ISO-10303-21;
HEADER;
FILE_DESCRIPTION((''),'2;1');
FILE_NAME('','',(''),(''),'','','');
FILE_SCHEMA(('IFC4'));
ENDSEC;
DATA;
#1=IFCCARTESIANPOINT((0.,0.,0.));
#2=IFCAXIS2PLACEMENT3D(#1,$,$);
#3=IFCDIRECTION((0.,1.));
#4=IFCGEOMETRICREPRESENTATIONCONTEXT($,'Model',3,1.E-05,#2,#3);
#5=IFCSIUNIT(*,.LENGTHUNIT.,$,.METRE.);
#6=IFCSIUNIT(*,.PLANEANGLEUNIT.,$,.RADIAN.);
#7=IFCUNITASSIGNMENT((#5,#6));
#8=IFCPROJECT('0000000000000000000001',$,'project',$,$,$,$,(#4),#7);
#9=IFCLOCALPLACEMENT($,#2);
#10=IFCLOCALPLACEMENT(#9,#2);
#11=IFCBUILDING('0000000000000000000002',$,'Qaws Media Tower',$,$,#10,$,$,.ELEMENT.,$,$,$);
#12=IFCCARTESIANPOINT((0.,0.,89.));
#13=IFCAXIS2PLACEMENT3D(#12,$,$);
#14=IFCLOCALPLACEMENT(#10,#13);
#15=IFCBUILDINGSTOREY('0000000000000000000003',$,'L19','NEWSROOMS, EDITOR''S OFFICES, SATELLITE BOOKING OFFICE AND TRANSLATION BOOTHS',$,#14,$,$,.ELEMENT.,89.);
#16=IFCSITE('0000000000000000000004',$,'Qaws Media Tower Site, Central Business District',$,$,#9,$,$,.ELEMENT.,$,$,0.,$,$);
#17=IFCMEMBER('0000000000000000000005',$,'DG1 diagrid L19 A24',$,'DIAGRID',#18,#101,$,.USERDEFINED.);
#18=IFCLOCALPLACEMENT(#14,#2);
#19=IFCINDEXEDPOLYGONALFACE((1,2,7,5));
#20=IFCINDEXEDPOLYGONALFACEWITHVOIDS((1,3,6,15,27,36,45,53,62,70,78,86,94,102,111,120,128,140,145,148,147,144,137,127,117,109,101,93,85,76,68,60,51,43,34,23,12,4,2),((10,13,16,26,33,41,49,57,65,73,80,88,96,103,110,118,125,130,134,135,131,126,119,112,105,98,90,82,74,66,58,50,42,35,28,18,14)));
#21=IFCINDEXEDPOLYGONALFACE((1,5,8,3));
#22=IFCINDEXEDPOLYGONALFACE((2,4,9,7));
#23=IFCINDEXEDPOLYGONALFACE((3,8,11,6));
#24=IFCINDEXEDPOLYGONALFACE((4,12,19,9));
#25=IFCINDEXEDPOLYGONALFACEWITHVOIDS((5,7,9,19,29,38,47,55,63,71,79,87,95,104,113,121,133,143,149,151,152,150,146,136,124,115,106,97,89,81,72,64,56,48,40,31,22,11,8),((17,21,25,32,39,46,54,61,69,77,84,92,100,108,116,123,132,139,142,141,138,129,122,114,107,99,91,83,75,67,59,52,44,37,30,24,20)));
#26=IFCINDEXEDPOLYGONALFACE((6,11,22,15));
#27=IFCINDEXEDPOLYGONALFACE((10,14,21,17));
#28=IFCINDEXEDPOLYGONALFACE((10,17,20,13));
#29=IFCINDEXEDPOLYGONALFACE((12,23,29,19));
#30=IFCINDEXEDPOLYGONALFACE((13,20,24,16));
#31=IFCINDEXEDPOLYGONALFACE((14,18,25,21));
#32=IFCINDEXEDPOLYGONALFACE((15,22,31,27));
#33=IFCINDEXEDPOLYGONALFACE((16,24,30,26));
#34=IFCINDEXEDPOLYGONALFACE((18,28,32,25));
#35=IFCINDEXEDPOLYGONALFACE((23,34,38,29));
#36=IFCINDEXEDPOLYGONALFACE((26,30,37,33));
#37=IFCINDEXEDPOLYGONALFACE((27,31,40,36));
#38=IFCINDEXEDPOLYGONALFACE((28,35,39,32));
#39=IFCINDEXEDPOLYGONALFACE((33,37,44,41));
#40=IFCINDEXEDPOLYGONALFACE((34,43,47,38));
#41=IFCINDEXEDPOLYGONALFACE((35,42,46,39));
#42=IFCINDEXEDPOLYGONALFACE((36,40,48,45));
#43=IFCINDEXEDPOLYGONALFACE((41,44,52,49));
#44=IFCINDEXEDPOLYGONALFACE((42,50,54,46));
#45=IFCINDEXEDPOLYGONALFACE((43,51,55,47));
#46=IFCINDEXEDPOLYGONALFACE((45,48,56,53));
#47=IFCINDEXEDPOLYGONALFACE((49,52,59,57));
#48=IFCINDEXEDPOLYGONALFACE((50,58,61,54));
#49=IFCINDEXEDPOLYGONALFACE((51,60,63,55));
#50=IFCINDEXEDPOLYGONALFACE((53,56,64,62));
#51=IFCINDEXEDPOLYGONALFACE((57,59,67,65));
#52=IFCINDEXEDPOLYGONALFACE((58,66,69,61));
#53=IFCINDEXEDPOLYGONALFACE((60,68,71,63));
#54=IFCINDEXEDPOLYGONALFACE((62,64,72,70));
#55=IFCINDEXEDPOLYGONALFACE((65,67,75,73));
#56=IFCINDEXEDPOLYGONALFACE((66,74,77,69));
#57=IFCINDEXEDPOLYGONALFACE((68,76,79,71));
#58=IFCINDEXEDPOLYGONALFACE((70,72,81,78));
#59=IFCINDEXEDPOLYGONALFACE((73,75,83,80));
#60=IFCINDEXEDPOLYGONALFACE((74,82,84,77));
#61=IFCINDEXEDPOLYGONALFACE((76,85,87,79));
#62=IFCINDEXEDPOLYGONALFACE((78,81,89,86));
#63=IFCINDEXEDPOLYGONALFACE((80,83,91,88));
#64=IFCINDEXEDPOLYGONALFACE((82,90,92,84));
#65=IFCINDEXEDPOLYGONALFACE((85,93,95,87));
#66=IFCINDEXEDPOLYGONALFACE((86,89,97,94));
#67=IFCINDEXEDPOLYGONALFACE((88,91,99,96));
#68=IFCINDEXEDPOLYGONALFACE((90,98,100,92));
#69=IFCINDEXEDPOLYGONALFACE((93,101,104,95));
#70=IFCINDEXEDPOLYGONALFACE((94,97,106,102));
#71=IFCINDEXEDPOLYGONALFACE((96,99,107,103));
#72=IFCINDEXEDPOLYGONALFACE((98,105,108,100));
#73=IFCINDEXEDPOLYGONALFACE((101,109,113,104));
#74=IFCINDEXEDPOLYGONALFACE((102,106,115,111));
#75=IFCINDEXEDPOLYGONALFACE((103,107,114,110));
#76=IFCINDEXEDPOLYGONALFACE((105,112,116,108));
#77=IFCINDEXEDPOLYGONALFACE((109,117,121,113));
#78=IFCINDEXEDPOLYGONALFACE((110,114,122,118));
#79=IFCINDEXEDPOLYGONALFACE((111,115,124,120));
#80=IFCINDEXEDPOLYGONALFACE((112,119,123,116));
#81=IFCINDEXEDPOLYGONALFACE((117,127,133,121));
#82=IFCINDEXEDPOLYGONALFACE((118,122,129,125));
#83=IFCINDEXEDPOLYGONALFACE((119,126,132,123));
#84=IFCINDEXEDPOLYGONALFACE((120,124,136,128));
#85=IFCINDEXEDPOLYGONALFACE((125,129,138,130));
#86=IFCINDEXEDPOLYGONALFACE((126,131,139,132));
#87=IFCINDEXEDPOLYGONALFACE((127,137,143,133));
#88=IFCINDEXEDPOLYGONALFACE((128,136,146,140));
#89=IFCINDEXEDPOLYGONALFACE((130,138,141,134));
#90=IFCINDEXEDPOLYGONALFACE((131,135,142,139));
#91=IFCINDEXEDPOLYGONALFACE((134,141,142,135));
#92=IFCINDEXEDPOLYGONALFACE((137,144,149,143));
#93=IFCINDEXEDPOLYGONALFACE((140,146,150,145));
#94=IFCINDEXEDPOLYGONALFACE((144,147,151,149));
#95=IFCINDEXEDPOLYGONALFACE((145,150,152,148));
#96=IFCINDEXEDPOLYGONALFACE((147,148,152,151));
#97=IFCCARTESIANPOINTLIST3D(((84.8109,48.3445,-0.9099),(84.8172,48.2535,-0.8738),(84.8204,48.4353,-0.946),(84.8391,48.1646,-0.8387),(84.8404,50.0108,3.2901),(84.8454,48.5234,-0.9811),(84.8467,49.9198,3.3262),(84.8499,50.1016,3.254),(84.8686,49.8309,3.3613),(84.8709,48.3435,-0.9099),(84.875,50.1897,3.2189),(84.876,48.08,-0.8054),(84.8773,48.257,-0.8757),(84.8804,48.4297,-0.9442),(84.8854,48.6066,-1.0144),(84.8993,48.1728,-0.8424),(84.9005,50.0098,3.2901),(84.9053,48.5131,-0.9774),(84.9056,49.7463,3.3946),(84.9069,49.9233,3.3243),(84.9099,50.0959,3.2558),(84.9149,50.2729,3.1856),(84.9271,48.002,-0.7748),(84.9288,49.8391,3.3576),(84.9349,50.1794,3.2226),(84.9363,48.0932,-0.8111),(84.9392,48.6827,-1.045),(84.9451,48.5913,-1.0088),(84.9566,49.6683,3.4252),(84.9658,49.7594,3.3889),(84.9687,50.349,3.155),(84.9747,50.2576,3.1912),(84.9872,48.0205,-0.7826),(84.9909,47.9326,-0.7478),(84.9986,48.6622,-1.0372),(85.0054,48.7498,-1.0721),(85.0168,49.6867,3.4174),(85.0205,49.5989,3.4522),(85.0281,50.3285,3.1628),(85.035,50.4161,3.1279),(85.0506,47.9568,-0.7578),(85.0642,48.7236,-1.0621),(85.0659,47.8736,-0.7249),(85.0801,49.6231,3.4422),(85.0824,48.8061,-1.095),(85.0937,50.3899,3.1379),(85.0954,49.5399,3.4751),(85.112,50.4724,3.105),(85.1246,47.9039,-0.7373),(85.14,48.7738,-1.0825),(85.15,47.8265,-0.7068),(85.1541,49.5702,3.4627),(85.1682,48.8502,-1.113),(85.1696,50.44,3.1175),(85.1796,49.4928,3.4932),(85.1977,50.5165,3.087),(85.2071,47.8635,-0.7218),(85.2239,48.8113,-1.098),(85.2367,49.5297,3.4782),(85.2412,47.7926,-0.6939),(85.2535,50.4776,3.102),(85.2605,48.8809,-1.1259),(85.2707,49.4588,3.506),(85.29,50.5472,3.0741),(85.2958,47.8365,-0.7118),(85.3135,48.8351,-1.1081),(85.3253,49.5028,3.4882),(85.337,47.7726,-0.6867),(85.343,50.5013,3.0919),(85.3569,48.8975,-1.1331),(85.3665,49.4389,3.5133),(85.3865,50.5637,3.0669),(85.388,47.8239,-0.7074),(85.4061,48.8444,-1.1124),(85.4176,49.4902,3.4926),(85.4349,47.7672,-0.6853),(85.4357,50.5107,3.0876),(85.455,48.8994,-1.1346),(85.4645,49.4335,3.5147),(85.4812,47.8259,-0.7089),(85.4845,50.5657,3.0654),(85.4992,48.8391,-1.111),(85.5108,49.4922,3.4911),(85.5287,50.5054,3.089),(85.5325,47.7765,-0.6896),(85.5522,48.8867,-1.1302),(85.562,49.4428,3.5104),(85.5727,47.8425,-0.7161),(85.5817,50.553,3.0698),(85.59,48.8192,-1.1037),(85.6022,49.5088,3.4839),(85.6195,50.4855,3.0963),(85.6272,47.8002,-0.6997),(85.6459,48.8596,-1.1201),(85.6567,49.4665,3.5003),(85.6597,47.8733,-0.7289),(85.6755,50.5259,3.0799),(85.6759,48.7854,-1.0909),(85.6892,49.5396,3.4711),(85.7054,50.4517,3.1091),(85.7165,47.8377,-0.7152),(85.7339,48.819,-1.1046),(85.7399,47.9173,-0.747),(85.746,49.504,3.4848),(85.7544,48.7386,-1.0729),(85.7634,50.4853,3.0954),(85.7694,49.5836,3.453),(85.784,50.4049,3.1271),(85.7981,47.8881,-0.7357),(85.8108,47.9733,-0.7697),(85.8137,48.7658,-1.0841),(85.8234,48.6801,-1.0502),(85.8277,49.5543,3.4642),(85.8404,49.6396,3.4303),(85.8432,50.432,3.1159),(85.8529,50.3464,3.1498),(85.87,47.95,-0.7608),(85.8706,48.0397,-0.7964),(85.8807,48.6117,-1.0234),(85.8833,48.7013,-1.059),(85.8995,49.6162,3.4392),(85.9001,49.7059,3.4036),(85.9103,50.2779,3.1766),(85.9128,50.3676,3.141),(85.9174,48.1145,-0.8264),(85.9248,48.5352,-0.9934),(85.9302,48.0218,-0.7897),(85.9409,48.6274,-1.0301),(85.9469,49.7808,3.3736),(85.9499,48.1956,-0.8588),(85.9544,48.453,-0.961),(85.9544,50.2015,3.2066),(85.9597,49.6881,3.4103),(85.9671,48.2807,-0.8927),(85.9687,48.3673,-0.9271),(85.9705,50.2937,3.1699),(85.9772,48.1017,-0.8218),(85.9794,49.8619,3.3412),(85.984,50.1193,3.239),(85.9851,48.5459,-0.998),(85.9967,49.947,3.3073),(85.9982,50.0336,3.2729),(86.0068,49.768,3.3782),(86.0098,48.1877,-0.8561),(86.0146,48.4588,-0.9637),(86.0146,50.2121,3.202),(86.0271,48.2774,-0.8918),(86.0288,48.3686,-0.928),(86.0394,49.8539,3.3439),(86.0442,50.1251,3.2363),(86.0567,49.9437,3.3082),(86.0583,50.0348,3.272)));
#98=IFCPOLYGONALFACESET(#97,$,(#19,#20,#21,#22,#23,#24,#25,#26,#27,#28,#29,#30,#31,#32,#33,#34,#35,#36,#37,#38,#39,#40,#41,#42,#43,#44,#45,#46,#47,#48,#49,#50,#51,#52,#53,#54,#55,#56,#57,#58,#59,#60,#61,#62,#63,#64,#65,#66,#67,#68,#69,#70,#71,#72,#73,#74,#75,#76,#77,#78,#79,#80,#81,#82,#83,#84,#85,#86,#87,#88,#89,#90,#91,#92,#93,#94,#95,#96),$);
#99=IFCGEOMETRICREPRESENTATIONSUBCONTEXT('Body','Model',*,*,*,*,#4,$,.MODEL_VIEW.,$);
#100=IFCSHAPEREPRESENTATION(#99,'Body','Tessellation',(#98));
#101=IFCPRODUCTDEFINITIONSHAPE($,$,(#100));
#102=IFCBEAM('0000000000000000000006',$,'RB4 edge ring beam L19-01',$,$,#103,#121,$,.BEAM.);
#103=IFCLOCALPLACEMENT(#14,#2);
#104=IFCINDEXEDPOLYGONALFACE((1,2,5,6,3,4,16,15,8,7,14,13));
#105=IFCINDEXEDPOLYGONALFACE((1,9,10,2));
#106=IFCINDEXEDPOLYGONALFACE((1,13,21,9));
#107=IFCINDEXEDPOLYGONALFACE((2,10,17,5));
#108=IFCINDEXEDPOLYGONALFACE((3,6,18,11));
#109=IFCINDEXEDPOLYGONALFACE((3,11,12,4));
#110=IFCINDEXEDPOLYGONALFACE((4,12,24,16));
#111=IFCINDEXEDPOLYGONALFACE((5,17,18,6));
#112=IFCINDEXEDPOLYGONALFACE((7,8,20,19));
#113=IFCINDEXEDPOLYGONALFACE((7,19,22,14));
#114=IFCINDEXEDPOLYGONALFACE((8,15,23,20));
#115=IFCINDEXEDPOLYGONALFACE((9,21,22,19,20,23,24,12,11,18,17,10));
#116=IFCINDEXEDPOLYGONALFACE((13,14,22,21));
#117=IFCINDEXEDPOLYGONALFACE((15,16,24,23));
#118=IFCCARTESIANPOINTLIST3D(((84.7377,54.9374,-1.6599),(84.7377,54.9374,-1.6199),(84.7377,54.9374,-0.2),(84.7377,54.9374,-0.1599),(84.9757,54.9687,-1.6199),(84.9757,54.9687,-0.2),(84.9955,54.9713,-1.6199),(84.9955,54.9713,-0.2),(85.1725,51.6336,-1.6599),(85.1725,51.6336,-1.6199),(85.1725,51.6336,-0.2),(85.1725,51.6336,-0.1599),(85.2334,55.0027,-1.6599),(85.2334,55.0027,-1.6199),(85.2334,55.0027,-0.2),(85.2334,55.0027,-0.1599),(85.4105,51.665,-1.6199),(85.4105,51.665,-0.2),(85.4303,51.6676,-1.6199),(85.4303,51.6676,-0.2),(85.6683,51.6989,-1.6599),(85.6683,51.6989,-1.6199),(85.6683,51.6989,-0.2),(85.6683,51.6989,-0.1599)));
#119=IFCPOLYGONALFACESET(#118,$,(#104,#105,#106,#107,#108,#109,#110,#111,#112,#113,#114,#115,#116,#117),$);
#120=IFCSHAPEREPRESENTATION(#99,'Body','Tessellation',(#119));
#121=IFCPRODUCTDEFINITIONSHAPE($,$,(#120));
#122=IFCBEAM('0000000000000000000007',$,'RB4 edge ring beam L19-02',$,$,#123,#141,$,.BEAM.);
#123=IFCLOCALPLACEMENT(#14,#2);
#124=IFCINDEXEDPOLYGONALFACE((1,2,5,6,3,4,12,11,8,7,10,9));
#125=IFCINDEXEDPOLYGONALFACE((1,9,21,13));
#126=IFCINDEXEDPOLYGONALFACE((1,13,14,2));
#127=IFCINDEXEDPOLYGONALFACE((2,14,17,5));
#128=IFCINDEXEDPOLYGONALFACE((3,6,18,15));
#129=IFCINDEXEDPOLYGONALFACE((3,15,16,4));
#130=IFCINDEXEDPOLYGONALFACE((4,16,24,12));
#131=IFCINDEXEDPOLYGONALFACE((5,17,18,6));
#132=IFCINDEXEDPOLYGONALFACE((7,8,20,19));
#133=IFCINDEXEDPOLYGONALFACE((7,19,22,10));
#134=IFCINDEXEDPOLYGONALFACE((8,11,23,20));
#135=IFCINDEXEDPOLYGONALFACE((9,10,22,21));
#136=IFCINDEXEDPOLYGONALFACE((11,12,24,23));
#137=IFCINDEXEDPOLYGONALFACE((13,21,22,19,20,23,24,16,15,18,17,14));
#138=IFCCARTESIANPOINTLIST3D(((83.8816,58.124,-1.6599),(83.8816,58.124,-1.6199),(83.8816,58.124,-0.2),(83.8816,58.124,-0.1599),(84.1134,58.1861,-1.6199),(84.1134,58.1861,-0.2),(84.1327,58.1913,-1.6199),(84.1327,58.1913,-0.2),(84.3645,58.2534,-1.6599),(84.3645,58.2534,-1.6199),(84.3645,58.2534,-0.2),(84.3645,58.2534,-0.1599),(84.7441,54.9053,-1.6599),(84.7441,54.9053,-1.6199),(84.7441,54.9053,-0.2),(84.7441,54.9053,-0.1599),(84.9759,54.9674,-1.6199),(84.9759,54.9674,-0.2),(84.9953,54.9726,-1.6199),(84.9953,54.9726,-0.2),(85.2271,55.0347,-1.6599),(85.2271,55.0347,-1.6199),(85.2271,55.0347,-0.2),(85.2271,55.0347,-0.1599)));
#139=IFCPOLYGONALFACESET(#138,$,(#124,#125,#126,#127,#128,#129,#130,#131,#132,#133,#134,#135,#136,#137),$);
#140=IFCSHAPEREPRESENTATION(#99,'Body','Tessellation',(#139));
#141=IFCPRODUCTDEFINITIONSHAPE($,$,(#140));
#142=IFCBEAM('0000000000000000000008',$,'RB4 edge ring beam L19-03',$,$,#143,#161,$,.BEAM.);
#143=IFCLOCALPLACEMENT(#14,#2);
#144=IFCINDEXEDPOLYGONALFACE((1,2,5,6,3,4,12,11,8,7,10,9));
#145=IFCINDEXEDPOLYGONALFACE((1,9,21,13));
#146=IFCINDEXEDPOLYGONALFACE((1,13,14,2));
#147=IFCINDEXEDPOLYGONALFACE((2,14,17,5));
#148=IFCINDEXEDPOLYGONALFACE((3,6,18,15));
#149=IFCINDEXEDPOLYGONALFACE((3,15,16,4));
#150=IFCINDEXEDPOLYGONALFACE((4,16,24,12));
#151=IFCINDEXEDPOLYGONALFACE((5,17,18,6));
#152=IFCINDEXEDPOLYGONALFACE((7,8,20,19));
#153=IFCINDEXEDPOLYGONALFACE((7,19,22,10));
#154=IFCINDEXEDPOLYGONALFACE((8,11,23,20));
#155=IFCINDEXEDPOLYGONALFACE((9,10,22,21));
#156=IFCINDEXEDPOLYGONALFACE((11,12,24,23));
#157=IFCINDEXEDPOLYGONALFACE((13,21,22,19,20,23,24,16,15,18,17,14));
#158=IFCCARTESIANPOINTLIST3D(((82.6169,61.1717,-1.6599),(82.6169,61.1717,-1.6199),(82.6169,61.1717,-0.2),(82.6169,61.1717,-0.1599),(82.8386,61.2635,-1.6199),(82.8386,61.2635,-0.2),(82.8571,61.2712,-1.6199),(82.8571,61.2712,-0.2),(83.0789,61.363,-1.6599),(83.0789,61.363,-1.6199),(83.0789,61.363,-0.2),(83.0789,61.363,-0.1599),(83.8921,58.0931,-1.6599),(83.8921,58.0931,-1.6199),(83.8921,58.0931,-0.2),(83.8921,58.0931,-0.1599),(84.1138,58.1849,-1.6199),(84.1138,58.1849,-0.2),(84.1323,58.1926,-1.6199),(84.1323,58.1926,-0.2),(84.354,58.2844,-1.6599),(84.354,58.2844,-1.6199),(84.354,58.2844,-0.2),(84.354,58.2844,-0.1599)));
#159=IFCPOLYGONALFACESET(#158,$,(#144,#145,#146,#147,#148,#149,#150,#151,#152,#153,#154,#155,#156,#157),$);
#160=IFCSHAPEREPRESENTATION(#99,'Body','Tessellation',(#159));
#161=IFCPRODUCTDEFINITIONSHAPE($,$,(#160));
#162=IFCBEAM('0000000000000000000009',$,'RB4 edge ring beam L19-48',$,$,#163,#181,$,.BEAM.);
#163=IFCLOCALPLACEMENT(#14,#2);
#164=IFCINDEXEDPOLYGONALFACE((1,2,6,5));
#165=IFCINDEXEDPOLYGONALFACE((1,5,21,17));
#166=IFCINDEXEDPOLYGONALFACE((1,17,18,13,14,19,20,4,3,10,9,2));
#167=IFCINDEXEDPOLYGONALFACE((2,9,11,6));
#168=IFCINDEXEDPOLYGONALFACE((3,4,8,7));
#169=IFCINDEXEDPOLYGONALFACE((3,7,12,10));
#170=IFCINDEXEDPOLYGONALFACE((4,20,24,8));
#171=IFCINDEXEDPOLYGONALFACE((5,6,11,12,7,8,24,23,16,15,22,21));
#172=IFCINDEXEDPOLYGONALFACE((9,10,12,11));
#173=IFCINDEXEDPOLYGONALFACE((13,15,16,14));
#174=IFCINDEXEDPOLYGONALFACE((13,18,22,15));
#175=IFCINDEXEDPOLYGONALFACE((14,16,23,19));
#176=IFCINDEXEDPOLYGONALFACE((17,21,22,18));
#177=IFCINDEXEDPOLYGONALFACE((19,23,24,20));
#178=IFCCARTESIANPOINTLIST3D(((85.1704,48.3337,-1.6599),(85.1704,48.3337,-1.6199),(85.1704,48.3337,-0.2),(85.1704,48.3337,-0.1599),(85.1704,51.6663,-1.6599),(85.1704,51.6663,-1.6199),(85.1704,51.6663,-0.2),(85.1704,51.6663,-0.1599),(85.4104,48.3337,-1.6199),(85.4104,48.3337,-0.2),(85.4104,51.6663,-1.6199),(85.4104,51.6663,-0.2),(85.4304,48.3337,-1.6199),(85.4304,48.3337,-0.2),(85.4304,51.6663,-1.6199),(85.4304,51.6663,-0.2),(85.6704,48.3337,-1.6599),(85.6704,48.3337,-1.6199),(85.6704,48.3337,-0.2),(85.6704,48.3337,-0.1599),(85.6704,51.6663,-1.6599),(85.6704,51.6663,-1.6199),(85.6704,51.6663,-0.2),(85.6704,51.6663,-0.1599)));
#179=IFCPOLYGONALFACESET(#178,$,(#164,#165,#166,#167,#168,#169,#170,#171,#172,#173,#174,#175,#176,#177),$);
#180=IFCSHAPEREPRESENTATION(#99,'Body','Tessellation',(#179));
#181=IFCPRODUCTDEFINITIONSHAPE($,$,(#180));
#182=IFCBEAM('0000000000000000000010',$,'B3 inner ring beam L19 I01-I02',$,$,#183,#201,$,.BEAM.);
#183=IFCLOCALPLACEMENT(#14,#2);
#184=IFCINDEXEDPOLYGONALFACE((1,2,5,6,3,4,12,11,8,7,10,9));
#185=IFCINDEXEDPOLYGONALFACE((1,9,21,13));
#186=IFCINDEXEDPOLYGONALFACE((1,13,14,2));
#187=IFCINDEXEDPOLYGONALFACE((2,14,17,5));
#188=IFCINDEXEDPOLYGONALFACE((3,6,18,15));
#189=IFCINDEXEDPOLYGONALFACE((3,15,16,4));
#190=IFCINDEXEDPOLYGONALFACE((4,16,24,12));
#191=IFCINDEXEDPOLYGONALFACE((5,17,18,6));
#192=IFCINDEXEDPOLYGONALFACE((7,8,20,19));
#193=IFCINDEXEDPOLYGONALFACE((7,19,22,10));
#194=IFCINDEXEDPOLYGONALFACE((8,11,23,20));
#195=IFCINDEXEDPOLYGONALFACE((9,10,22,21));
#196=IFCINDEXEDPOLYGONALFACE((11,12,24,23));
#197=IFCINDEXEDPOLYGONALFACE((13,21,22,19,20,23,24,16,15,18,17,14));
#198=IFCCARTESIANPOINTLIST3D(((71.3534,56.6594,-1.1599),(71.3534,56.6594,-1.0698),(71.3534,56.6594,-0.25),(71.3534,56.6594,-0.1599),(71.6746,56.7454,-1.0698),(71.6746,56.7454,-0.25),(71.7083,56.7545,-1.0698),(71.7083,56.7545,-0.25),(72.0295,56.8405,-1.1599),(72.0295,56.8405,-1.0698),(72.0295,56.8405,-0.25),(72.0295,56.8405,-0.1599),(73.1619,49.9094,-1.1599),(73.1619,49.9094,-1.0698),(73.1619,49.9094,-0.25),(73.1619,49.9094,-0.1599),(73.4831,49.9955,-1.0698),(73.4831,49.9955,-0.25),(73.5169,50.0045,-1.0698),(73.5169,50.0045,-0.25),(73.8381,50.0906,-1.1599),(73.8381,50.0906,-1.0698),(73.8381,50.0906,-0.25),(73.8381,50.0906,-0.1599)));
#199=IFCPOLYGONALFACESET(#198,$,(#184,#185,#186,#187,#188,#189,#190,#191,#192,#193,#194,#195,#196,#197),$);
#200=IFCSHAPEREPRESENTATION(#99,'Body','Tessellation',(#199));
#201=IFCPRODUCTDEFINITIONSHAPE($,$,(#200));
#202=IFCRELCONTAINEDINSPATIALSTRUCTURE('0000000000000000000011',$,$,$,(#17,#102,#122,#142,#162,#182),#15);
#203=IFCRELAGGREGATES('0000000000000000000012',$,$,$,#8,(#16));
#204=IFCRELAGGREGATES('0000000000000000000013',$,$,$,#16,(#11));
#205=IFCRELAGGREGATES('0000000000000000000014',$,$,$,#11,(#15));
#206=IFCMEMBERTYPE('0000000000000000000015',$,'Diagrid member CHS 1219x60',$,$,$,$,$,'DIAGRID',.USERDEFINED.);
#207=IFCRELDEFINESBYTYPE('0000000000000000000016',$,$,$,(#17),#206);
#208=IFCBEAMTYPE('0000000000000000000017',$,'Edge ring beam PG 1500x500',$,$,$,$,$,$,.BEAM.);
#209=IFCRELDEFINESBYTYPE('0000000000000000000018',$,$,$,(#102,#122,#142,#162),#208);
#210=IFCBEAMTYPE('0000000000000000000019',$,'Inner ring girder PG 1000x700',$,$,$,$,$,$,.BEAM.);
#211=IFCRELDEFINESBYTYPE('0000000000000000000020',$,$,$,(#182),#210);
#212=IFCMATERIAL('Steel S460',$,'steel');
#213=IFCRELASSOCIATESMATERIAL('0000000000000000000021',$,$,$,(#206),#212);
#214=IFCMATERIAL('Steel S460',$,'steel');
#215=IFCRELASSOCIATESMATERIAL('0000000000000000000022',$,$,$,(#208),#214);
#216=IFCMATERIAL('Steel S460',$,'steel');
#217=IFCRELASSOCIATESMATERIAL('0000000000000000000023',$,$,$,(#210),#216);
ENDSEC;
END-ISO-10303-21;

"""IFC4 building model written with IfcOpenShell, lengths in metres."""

from ifc_helpers import new_model, si_unit, direction, frame, origin, origin_2d, place, context, subcontext, project, spatial, hollow_circle, i_section, extrude, material, material_profile, profile_set, type_object, element, save


model = new_model("IFC4")

# Units and contexts
model_context = context("Model", 3, precision=1e-05, world=origin(), true_north=direction((0.0, 1.0)))
body_context = subcontext(model_context, "Body", "Model", "MODEL_VIEW")
ifc_project = project(units=[si_unit("LENGTHUNIT", "METRE"), si_unit("PLANEANGLEUNIT", "RADIAN")], contexts=[model_context])

# Site, building, storey
site_placement = place(None, origin())
site = spatial("IfcSite", under=ifc_project, at=site_placement, Name="Qaws Media Tower Site, Central Business District", CompositionType="ELEMENT", RefElevation=0.0)
building_placement = place(site_placement, origin())
building = spatial("IfcBuilding", under=site, at=building_placement, Name="Qaws Media Tower", CompositionType="ELEMENT")
storey_placement = place(building_placement, frame((0.0, 0.0, 89.0)))
storey = spatial("IfcBuildingStorey", under=building, at=storey_placement, Name="L19", Description="NEWSROOMS, EDITOR'S OFFICES, SATELLITE BOOKING OFFICE AND TRANSLATION BOOTHS", CompositionType="ELEMENT", Elevation=89.0)

# Member
ifc_material_1 = material(Name="Steel S460", Category="steel")
ifc_material_profile_1 = material_profile(ifc_material_1, hollow_circle(Radius=0.6096, WallThickness=0.0601, at=origin_2d()), Name="CHS 1219x60")
ifc_profile_set_1 = profile_set([ifc_material_profile_1], Name="Steel S460")
member_type_1 = type_object("IfcMemberType", Name="Diagrid member CHS 1219x60", ElementType="DIAGRID", PredefinedType="USERDEFINED", material=ifc_profile_set_1)
for number, where, z_axis, x_axis, name in (
    (1, (85.4204, 48.3337, -0.9099), (0.006538, 0.368764, 0.9295), (-0.999843, 0.017726, 0.0), "DG1 diagrid L19 A24"),
):
    element("IfcMember", number, at=place(storey_placement, frame(where, z_axis=z_axis, x_axis=x_axis)), inside=storey, type_object=member_type_1, Name=name, ObjectType="DIAGRID", PredefinedType="USERDEFINED", context=body_context, shape_type="SweptSolid", body=[
        extrude(hollow_circle(Radius=0.6096, WallThickness=0.0601, at=origin_2d()), origin(), (0.0, 0.0, 1.0), 4.5186),
    ])

# Beams
ifc_material_2 = material(Name="Steel S460", Category="steel")
ifc_material_profile_2 = material_profile(ifc_material_2, i_section(OverallWidth=0.5, OverallDepth=1.5, WebThickness=0.02, FlangeThickness=0.04, at=origin_2d()), Name="PG 1500x500")
ifc_profile_set_2 = profile_set([ifc_material_profile_2], Name="Steel S460")
beam_type_1 = type_object("IfcBeamType", Name="Edge ring beam PG 1500x500", PredefinedType="BEAM", material=ifc_profile_set_2)
for number, where, z_axis, x_axis, name in (
    (2, (85.4204, 51.6663, -0.9099), (-0.130489, 0.99145, 0.0), (-0.99145, -0.130489, 0.0), "RB4 edge ring beam L19-01"),
    (3, (84.9856, 54.97, -0.9099), (-0.258844, 0.965919, 0.0), (-0.965919, -0.258844, 0.0), "RB4 edge ring beam L19-02"),
    (4, (84.123, 58.1887, -0.9099), (-0.382669, 0.923886, 0.0), (-0.923886, -0.382669, 0.0), "RB4 edge ring beam L19-03"),
):
    element("IfcBeam", number, at=place(storey_placement, frame(where, z_axis=z_axis, x_axis=x_axis)), inside=storey, type_object=beam_type_1, Name=name, PredefinedType="BEAM", context=body_context, shape_type="SweptSolid", body=[
        extrude(i_section(OverallWidth=0.5, OverallDepth=1.5, WebThickness=0.02, FlangeThickness=0.04, at=origin_2d()), origin(), (0.0, 0.0, 1.0), 3.3323),
    ])
beam_1_placement = place(storey_placement, frame((85.4204, 48.3337, -0.9099), z_axis=(0.0, 1.0, 0.0), x_axis=(-1.0, 0.0, 0.0)))
element("IfcBeam", 5, at=beam_1_placement, inside=storey, type_object=beam_type_1, Name="RB4 edge ring beam L19-48", PredefinedType="BEAM", context=body_context, shape_type="SweptSolid", body=[
    extrude(i_section(OverallWidth=0.5, OverallDepth=1.5, WebThickness=0.02, FlangeThickness=0.04, at=origin_2d()), origin(), (0.0, 0.0, 1.0), 3.3325),
])
ifc_material_3 = material(Name="Steel S460", Category="steel")
ifc_material_profile_3 = material_profile(ifc_material_3, i_section(OverallWidth=0.7, OverallDepth=1.0, WebThickness=0.0349, FlangeThickness=0.0901, at=origin_2d()), Name="PG 1000x700")
ifc_profile_set_3 = profile_set([ifc_material_profile_3], Name="Steel S460")
beam_type_2 = type_object("IfcBeamType", Name="Inner ring girder PG 1000x700", PredefinedType="BEAM", material=ifc_profile_set_3)
beam_2_placement = place(storey_placement, frame((73.5, 50.0, -0.6599), z_axis=(-0.258811, 0.965928, 0.0), x_axis=(-0.965928, -0.258811, 0.0)))
element("IfcBeam", 6, at=beam_2_placement, inside=storey, type_object=beam_type_2, Name="B3 inner ring beam L19 I01-I02", PredefinedType="BEAM", context=body_context, shape_type="SweptSolid", body=[
    extrude(i_section(OverallWidth=0.7, OverallDepth=1.0, WebThickness=0.0349, FlangeThickness=0.0901, at=origin_2d()), origin(), (0.0, 0.0, 1.0), 6.988),
])

save(model, "model.ifc")
